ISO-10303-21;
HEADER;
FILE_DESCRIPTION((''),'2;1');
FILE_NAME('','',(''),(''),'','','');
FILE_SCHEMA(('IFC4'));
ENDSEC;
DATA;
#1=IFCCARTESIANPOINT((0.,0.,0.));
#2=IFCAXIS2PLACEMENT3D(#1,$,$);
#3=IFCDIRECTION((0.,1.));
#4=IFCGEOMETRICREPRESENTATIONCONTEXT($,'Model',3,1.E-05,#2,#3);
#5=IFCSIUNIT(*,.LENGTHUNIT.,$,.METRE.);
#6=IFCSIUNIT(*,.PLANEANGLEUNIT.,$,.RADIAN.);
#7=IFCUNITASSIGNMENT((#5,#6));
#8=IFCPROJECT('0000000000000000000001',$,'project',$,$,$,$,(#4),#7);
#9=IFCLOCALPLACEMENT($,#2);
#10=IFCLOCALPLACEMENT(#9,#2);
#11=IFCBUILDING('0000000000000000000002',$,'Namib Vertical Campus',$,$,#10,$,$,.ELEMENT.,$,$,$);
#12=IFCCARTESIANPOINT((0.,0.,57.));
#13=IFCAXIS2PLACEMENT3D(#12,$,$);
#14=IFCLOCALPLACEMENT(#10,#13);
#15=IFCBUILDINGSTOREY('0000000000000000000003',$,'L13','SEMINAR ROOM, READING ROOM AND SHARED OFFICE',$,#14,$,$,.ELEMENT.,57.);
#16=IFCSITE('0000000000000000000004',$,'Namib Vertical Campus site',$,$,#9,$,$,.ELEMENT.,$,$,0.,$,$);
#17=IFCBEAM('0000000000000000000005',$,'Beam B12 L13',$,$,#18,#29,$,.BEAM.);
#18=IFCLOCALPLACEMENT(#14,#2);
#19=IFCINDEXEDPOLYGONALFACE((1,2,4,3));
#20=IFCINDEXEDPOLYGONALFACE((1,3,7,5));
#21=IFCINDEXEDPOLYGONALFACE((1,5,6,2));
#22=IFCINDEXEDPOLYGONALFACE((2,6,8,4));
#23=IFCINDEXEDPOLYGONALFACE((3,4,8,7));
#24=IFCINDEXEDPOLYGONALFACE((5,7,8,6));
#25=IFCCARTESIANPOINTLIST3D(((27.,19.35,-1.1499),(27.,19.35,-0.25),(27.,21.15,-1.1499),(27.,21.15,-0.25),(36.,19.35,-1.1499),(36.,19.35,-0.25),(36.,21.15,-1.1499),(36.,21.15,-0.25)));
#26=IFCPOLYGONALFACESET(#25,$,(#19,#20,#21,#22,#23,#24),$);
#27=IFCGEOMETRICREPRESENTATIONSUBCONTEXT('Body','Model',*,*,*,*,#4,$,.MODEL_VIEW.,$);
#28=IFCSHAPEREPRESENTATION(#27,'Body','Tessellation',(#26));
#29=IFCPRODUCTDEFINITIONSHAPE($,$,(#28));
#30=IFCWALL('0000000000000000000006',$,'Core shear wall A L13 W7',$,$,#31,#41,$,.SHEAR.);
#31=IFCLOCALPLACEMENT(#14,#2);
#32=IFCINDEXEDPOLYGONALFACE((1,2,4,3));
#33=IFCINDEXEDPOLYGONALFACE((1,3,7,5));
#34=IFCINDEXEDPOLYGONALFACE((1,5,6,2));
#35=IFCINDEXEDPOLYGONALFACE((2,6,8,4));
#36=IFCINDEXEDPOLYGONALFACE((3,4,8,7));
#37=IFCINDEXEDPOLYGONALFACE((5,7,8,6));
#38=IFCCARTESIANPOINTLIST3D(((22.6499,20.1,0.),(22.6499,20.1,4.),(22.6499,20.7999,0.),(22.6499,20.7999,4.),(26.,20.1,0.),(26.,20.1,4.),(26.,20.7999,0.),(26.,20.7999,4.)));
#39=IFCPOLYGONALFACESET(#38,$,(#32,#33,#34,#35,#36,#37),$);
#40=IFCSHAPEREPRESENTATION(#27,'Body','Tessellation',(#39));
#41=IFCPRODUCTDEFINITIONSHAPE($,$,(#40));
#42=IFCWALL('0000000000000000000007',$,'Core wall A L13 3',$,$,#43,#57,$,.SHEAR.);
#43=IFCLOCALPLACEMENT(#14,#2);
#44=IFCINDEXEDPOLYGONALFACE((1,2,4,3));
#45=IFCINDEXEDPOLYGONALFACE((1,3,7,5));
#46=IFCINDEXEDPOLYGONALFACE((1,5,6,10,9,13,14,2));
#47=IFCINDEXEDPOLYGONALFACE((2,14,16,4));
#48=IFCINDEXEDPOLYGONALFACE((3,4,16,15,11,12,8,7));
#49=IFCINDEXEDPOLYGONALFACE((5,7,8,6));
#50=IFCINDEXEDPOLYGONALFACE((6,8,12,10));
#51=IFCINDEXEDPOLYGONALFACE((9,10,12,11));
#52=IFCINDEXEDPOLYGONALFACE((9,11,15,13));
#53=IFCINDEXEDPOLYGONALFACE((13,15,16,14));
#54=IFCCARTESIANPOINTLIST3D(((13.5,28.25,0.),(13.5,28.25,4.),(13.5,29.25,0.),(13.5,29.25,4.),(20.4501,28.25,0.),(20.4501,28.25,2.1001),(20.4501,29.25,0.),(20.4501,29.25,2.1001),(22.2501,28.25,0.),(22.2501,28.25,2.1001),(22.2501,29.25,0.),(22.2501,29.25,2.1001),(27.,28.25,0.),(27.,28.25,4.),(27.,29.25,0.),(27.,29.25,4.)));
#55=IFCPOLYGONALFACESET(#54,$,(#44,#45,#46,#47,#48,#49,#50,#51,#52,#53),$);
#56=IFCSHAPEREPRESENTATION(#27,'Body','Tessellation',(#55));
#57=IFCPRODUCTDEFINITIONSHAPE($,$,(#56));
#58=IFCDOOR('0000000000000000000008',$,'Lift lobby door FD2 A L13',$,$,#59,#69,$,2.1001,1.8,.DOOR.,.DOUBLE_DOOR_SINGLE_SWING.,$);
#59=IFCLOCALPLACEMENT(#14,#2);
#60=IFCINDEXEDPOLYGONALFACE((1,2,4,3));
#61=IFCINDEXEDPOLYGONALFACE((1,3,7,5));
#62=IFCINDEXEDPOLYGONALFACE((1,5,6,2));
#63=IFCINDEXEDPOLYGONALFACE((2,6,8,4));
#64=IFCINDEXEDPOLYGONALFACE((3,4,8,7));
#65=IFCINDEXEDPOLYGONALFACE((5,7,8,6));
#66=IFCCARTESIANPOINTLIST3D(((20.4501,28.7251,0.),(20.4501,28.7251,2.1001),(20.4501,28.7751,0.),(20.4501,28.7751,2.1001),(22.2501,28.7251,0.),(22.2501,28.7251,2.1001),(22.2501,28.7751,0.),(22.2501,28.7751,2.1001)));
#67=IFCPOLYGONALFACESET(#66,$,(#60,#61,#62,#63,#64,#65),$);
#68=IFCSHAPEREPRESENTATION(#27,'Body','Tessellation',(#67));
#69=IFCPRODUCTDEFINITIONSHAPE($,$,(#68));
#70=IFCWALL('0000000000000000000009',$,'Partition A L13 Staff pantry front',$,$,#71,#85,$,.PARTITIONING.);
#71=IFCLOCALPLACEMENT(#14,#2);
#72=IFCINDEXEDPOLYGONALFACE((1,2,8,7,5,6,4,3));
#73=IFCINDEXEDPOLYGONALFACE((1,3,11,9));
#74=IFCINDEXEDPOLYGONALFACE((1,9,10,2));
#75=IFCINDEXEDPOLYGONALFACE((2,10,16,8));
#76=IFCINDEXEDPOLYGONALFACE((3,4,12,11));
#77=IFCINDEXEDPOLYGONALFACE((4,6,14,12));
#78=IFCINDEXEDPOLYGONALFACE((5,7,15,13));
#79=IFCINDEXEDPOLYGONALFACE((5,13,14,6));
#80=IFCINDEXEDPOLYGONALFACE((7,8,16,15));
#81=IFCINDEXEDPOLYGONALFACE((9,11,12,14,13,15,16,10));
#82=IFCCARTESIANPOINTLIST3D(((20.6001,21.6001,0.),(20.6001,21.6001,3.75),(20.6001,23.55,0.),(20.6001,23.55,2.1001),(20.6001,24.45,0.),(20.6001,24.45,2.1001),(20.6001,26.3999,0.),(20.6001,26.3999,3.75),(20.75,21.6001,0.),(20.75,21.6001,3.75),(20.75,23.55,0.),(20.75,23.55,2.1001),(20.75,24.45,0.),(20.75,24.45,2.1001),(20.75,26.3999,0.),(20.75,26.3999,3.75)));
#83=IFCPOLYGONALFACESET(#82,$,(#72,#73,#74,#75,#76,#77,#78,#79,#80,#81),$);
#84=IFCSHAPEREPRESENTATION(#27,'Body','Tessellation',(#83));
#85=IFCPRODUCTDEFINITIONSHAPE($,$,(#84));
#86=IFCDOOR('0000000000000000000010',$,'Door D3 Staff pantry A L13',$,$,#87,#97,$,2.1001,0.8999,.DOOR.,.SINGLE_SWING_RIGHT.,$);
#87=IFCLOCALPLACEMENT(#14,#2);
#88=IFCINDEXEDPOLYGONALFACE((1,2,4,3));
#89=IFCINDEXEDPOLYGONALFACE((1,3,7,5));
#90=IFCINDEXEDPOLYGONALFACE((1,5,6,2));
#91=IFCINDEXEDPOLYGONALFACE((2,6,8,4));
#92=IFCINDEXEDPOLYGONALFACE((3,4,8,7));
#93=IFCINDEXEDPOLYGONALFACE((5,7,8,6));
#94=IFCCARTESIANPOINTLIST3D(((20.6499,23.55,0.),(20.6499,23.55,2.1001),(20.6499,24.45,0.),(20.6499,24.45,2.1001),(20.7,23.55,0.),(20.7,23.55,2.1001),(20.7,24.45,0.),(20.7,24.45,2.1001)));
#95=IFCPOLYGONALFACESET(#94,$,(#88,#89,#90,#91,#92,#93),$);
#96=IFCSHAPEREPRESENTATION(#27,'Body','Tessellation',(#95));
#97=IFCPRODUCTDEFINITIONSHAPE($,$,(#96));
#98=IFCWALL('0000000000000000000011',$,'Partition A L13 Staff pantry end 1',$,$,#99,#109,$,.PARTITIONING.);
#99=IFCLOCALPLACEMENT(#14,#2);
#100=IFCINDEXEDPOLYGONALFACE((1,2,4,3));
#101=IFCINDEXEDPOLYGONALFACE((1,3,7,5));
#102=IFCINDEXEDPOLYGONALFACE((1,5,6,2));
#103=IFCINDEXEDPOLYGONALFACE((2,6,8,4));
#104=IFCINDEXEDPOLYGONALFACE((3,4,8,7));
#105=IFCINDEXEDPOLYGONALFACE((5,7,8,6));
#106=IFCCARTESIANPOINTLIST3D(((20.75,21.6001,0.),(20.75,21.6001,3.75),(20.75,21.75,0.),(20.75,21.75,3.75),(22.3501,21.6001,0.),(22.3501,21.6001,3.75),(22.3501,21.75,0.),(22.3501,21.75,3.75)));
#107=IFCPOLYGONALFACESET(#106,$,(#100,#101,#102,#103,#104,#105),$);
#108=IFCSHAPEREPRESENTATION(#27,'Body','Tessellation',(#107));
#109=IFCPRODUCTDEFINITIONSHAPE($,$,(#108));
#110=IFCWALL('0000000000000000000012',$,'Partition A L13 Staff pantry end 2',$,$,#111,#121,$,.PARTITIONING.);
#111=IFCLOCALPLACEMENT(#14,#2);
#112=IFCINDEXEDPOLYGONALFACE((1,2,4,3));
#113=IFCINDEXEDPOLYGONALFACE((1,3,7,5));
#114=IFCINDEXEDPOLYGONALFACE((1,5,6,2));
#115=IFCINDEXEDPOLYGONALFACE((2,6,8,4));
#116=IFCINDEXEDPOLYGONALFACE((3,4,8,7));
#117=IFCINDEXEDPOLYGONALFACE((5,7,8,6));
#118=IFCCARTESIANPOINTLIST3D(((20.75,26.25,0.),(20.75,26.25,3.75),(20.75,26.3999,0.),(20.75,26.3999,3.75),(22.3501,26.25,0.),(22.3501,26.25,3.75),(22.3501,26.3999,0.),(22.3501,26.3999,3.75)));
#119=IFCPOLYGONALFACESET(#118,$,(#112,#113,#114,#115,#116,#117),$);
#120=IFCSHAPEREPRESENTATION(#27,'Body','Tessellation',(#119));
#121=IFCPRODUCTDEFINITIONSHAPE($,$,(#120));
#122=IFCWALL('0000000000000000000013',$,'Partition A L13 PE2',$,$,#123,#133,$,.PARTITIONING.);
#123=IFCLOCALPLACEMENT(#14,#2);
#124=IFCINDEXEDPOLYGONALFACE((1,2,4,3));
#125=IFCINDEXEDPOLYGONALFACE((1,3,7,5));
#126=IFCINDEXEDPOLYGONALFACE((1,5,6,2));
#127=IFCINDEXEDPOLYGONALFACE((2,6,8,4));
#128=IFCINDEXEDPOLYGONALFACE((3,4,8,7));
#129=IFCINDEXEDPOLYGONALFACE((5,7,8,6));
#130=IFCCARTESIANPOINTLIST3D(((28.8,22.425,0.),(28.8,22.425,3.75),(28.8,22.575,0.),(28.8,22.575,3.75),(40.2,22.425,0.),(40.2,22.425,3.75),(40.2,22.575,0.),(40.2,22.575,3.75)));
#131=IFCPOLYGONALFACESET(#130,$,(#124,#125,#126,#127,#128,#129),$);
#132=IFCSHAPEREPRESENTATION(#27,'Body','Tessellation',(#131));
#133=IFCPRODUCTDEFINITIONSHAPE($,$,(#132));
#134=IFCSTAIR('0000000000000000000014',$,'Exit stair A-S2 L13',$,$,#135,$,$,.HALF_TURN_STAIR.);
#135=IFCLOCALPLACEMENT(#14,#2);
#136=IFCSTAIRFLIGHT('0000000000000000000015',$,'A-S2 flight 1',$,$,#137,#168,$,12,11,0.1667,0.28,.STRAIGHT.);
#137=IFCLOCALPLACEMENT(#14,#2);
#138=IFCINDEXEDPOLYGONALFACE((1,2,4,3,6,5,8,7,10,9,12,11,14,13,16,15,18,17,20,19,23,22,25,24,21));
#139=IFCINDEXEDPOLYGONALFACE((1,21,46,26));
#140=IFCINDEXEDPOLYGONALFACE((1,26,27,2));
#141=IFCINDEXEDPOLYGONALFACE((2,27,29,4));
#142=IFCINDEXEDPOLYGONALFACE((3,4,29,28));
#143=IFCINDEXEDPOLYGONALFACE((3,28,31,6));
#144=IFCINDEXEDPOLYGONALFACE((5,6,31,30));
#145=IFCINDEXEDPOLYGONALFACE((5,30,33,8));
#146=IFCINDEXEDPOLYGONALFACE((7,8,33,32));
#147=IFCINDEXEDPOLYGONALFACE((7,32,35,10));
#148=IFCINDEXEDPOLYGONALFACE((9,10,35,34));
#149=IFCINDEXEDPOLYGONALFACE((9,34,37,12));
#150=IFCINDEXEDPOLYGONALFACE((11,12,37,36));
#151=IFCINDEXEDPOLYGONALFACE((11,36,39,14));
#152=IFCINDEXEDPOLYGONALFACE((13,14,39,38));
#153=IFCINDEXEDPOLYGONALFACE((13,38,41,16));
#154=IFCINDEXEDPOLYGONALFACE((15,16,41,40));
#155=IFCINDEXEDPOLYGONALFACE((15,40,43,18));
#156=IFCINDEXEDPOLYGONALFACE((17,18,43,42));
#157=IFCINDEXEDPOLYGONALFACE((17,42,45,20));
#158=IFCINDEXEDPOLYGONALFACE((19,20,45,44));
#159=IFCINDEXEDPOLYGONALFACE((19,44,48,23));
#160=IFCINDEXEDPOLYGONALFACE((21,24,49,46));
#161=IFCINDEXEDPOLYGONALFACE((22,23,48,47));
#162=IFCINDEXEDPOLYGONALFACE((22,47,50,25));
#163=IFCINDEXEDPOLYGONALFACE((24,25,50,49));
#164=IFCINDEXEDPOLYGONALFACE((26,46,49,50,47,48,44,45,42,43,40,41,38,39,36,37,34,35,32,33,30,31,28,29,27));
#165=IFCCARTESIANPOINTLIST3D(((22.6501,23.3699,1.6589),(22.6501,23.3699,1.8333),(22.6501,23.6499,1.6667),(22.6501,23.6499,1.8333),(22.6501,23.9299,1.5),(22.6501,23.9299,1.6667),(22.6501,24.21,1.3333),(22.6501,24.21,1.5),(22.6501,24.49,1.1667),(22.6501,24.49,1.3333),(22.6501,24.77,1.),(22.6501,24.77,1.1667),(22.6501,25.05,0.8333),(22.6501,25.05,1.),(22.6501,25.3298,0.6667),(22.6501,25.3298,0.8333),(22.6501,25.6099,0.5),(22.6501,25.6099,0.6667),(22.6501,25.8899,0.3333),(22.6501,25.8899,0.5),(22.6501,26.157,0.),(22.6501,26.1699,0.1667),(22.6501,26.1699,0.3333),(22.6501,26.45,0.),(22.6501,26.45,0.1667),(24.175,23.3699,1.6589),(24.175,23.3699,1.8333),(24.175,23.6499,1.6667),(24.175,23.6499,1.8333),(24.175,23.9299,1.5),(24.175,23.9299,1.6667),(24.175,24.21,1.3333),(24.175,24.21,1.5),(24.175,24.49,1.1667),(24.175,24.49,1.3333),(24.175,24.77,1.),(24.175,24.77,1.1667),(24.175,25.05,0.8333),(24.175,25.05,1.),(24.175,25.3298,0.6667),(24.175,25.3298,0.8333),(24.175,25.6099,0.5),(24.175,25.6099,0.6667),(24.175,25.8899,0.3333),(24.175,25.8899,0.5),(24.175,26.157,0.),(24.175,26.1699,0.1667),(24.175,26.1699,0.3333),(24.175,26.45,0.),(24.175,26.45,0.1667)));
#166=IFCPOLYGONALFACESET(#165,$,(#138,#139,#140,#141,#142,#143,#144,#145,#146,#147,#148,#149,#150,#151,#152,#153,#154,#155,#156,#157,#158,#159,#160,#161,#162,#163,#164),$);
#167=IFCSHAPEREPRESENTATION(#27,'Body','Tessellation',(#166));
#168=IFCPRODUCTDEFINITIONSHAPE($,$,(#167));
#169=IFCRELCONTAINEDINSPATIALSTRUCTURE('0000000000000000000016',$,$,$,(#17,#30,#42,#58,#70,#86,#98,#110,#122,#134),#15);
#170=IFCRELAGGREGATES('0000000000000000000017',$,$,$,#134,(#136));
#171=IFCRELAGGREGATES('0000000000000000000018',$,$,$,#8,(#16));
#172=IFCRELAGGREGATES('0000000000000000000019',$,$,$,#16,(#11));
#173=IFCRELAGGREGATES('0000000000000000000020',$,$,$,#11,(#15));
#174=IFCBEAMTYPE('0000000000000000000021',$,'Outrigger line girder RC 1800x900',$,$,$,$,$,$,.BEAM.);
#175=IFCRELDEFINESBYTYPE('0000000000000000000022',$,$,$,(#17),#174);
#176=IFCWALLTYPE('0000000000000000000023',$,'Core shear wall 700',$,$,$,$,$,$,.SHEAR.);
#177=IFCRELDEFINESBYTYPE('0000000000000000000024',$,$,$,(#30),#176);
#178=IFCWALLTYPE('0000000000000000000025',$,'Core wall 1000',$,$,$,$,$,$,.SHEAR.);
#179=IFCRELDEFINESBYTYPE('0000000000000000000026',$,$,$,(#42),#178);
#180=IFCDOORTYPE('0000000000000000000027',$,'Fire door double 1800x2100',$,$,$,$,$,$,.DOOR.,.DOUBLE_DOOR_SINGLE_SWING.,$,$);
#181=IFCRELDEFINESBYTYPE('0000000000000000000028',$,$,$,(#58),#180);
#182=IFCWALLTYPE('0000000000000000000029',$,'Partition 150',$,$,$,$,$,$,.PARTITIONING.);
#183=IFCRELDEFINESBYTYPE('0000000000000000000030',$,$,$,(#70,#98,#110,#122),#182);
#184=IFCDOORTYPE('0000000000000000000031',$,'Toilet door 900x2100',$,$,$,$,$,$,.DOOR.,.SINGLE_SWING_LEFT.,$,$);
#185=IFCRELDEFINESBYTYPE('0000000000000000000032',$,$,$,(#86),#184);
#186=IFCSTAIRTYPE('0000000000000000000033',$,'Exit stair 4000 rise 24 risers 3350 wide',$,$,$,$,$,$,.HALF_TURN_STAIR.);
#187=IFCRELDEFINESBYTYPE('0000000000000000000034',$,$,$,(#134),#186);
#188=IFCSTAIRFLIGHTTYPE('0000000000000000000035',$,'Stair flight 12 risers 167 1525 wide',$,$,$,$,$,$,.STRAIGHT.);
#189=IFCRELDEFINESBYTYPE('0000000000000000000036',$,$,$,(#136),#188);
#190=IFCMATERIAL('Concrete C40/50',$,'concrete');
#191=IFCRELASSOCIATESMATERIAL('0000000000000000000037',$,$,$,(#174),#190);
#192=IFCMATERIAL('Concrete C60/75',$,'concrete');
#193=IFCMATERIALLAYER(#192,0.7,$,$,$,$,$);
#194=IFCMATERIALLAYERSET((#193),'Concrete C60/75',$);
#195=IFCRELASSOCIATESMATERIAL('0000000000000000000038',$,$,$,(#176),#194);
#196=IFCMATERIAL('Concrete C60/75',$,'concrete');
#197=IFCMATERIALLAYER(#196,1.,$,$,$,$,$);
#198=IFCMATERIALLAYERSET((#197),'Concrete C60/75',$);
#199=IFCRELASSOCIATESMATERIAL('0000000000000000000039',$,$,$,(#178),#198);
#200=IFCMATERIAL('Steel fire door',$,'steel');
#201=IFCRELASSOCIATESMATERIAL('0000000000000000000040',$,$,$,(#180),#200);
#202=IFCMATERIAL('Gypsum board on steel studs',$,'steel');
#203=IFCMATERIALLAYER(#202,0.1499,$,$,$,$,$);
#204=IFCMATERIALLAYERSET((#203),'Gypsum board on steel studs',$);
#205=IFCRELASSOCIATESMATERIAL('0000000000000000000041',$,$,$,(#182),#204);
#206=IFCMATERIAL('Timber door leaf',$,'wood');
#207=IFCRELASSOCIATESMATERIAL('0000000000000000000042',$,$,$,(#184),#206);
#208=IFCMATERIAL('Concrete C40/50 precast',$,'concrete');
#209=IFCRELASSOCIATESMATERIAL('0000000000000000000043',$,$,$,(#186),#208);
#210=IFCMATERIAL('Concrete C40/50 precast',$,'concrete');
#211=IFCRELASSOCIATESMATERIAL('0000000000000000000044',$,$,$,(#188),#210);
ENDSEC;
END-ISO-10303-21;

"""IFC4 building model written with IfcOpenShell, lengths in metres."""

from ifc_helpers import new_model, si_unit, direction, frame, frame_2d, origin, origin_2d, place, context, subcontext, project, spatial, polyline, rectangle, outline, extrude, material, layer, layer_set, material_profile, profile_set, type_object, element, fill, aggregate, save


model = new_model("IFC4")

# Units and contexts
model_context = context("Model", 3, precision=1e-05, world=origin(), true_north=direction((0.0, 1.0)))
body_context = subcontext(model_context, "Body", "Model", "MODEL_VIEW")
ifc_project = project(units=[si_unit("LENGTHUNIT", "METRE"), si_unit("PLANEANGLEUNIT", "RADIAN")], contexts=[model_context])

# Site, building, storey
site_placement = place(None, origin())
site = spatial("IfcSite", under=ifc_project, at=site_placement, Name="Namib Vertical Campus site", CompositionType="ELEMENT", RefElevation=0.0)
building_placement = place(site_placement, origin())
building = spatial("IfcBuilding", under=site, at=building_placement, Name="Namib Vertical Campus", CompositionType="ELEMENT")
storey_placement = place(building_placement, frame((0.0, 0.0, 57.0)))
storey = spatial("IfcBuildingStorey", under=building, at=storey_placement, Name="L13", Description="SEMINAR ROOM, READING ROOM AND SHARED OFFICE", CompositionType="ELEMENT", Elevation=57.0)

# Beam
ifc_material_1 = material(Name="Concrete C40/50", Category="concrete")
ifc_material_profile_1 = material_profile(ifc_material_1, rectangle(XDim=1.8, YDim=0.8999, at=origin_2d()))
ifc_profile_set_1 = profile_set([ifc_material_profile_1], Name="Concrete C40/50")
beam_type_1 = type_object("IfcBeamType", Name="Outrigger line girder RC 1800x900", PredefinedType="BEAM", material=ifc_profile_set_1)
beam_1_placement = place(storey_placement, frame((36.0, 20.25, -0.7), z_axis=(-1.0, 0.0, 0.0), x_axis=(0.0, -1.0, 0.0)))
element("IfcBeam", 1, at=beam_1_placement, inside=storey, type_object=beam_type_1, Name="Beam B12 L13", PredefinedType="BEAM", context=body_context, shape_type="SweptSolid", body=[
    extrude(rectangle(XDim=1.8, YDim=0.8999, at=origin_2d()), origin(), (0.0, 0.0, 1.0), 9.0),
])

# Wall
ifc_material_2 = material(Name="Concrete C60/75", Category="concrete")
ifc_layer_1 = layer(ifc_material_2, 0.7)
ifc_layer_set_1 = layer_set([ifc_layer_1], Name="Concrete C60/75")
wall_type_1 = type_object("IfcWallType", Name="Core shear wall 700", PredefinedType="SHEAR", material=ifc_layer_set_1)
wall_1_placement = place(storey_placement, frame((22.6499, 20.45, 0.0), z_axis=(0.0, 0.0, 1.0), x_axis=(1.0, 0.0, 0.0)))
element("IfcWall", 2, at=wall_1_placement, inside=storey, type_object=wall_type_1, Name="Core shear wall A L13 W7", PredefinedType="SHEAR", context=body_context, shape_type="SweptSolid", body=[
    extrude(rectangle(XDim=3.3501, YDim=0.7, at=frame_2d((1.675, 0.0))), origin(), (0.0, 0.0, 1.0), 4.0),
])

# Walls, openings, doors
ifc_material_3 = material(Name="Concrete C60/75", Category="concrete")
ifc_layer_2 = layer(ifc_material_3, 1.0)
ifc_layer_set_2 = layer_set([ifc_layer_2], Name="Concrete C60/75")
wall_type_2 = type_object("IfcWallType", Name="Core wall 1000", PredefinedType="SHEAR", material=ifc_layer_set_2)
wall_2_placement = place(storey_placement, frame((27.0, 28.75, 0.0), z_axis=(0.0, 0.0, 1.0), x_axis=(-1.0, 0.0, 0.0)))
wall_2 = element("IfcWall", 3, at=wall_2_placement, inside=storey, type_object=wall_type_2, Name="Core wall A L13 3", PredefinedType="SHEAR", context=body_context, shape_type="SweptSolid", body=[
    extrude(rectangle(XDim=13.5, YDim=1.0, at=frame_2d((6.75, 0.0))), origin(), (0.0, 0.0, 1.0), 4.0),
])
opening_1_placement = place(wall_2_placement, frame((4.75, 0.0, 0.0)))
opening_1 = element("IfcOpeningElement", 4, at=opening_1_placement, cuts=wall_2, PredefinedType="OPENING", context=body_context, shape_type="SweptSolid", body=[
    extrude(rectangle(XDim=1.8, YDim=2.1001, at=frame_2d((0.8999, 1.05))), frame((0.0, 0.51, 0.0), z_axis=(0.0, -1.0, 0.0), x_axis=(1.0, 0.0, 0.0)), (0.0, 0.0, 1.0), 1.02),
])
ifc_material_4 = material(Name="Steel fire door", Category="steel")
door_type_1 = type_object("IfcDoorType", Name="Fire door double 1800x2100", OperationType="DOUBLE_DOOR_SINGLE_SWING", PredefinedType="DOOR", material=ifc_material_4)
door_1_placement = place(opening_1_placement, origin())
door_1 = element("IfcDoor", 5, at=door_1_placement, inside=storey, type_object=door_type_1, Name="Lift lobby door FD2 A L13", OperationType="DOUBLE_DOOR_SINGLE_SWING", OverallHeight=2.1001, OverallWidth=1.8, PredefinedType="DOOR", context=body_context, shape_type="SweptSolid", body=[
    extrude(rectangle(XDim=1.8, YDim=2.1001, at=frame_2d((0.8999, 1.05))), frame((0.0, 0.0249, 0.0), z_axis=(0.0, -1.0, 0.0), x_axis=(1.0, 0.0, 0.0)), (0.0, 0.0, 1.0), 0.05),
])
fill(opening_1, door_1)
ifc_material_5 = material(Name="Gypsum board on steel studs", Category="steel")
ifc_layer_3 = layer(ifc_material_5, 0.1499)
ifc_layer_set_3 = layer_set([ifc_layer_3], Name="Gypsum board on steel studs")
wall_type_3 = type_object("IfcWallType", Name="Partition 150", PredefinedType="PARTITIONING", material=ifc_layer_set_3)
wall_3_placement = place(storey_placement, frame((20.675, 21.6001, 0.0), z_axis=(0.0, 0.0, 1.0), x_axis=(0.0, 1.0, 0.0)))
wall_3 = element("IfcWall", 6, at=wall_3_placement, inside=storey, type_object=wall_type_3, Name="Partition A L13 Staff pantry front", PredefinedType="PARTITIONING", context=body_context, shape_type="SweptSolid", body=[
    extrude(rectangle(XDim=4.7998, YDim=0.1499, at=frame_2d((2.3999, 0.0))), origin(), (0.0, 0.0, 1.0), 3.75),
])
opening_2_placement = place(wall_3_placement, frame((1.95, 0.0, 0.0)))
opening_2 = element("IfcOpeningElement", 7, at=opening_2_placement, cuts=wall_3, PredefinedType="OPENING", context=body_context, shape_type="SweptSolid", body=[
    extrude(rectangle(XDim=0.8999, YDim=2.1001, at=frame_2d((0.45, 1.05))), frame((0.0, 0.085, 0.0), z_axis=(0.0, -1.0, 0.0), x_axis=(1.0, 0.0, 0.0)), (0.0, 0.0, 1.0), 0.1699),
])
ifc_material_6 = material(Name="Timber door leaf", Category="wood")
door_type_2 = type_object("IfcDoorType", Name="Toilet door 900x2100", OperationType="SINGLE_SWING_LEFT", PredefinedType="DOOR", material=ifc_material_6)
door_2_placement = place(opening_2_placement, frame((0.8999, 0.0, 0.0), z_axis=(0.0, 0.0, 1.0), x_axis=(-1.0, 0.0, 0.0)))
door_2 = element("IfcDoor", 8, at=door_2_placement, inside=storey, type_object=door_type_2, Name="Door D3 Staff pantry A L13", OperationType="SINGLE_SWING_RIGHT", OverallHeight=2.1001, OverallWidth=0.8999, PredefinedType="DOOR", context=body_context, shape_type="SweptSolid", body=[
    extrude(rectangle(XDim=0.8999, YDim=2.1001, at=frame_2d((0.45, 1.05))), frame((0.0, 0.0249, 0.0), z_axis=(0.0, -1.0, 0.0), x_axis=(1.0, 0.0, 0.0)), (0.0, 0.0, 1.0), 0.05),
])
fill(opening_2, door_2)

# Walls
for number, where, z_axis, x_axis, name in (
    (9, (20.75, 21.675, 0.0), (0.0, 0.0, 1.0), (1.0, 0.0, 0.0), "Partition A L13 Staff pantry end 1"),
    (10, (20.75, 26.325, 0.0), (0.0, 0.0, 1.0), (1.0, 0.0, 0.0), "Partition A L13 Staff pantry end 2"),
):
    element("IfcWall", number, at=place(storey_placement, frame(where, z_axis=z_axis, x_axis=x_axis)), inside=storey, type_object=wall_type_3, Name=name, PredefinedType="PARTITIONING", context=body_context, shape_type="SweptSolid", body=[
        extrude(rectangle(XDim=1.6001, YDim=0.1499, at=frame_2d((0.8, 0.0))), origin(), (0.0, 0.0, 1.0), 3.75),
    ])
wall_4_placement = place(storey_placement, frame((28.8, 22.5, 0.0), z_axis=(0.0, 0.0, 1.0), x_axis=(1.0, 0.0, 0.0)))
element("IfcWall", 11, at=wall_4_placement, inside=storey, type_object=wall_type_3, Name="Partition A L13 PE2", PredefinedType="PARTITIONING", context=body_context, shape_type="SweptSolid", body=[
    extrude(rectangle(XDim=11.3999, YDim=0.1499, at=frame_2d((5.7, 0.0))), origin(), (0.0, 0.0, 1.0), 3.75),
])

# Stair, stair flight
ifc_material_7 = material(Name="Concrete C40/50 precast", Category="concrete")
stair_type = type_object("IfcStairType", Name="Exit stair 4000 rise 24 risers 3350 wide", PredefinedType="HALF_TURN_STAIR", material=ifc_material_7)
stair_placement = place(storey_placement, origin())
stair = element("IfcStair", 12, at=stair_placement, inside=storey, type_object=stair_type, Name="Exit stair A-S2 L13", PredefinedType="HALF_TURN_STAIR")
ifc_material_8 = material(Name="Concrete C40/50 precast", Category="concrete")
stair_flight_type = type_object("IfcStairFlightType", Name="Stair flight 12 risers 167 1525 wide", PredefinedType="STRAIGHT", material=ifc_material_8)
stair_flight_1_placement = place(storey_placement, frame((23.4126, 26.45, 0.0), z_axis=(0.0, 0.0, 1.0), x_axis=(0.0, -1.0, 0.0)))
stair_flight_1 = element("IfcStairFlight", 13, at=stair_flight_1_placement, type_object=stair_flight_type, Name="A-S2 flight 1", NumberOfRisers=12, NumberOfTreads=11, PredefinedType="STRAIGHT", RiserHeight=0.1667, TreadLength=0.28, context=body_context, shape_type="SweptSolid", body=[
    extrude(outline(polyline([(0.0, 0.0), (0.0, 0.1667), (0.28, 0.1667), (0.28, 0.3333), (0.5601, 0.3333), (0.5601, 0.5), (0.8401, 0.5), (0.8401, 0.6667), (1.1201, 0.6667), (1.1201, 0.8333), (1.3999, 0.8333), (1.3999, 1.0), (1.6799, 1.0), (1.6799, 1.1667), (1.96, 1.1667), (1.96, 1.3333), (2.24, 1.3333), (2.24, 1.5), (2.52, 1.5), (2.52, 1.6667), (2.8, 1.6667), (2.8, 1.8333), (3.0801, 1.8333), (3.0801, 2.0), (3.0801, 1.6589), (0.293, 0.0), (0.0, 0.0)])), frame((0.0, 0.7625, 0.0), z_axis=(0.0, -1.0, 0.0), x_axis=(1.0, 0.0, 0.0)), (0.0, 0.0, 1.0), 1.5249),
])
aggregate(stair, [stair_flight_1])

save(model, "model.ifc")
